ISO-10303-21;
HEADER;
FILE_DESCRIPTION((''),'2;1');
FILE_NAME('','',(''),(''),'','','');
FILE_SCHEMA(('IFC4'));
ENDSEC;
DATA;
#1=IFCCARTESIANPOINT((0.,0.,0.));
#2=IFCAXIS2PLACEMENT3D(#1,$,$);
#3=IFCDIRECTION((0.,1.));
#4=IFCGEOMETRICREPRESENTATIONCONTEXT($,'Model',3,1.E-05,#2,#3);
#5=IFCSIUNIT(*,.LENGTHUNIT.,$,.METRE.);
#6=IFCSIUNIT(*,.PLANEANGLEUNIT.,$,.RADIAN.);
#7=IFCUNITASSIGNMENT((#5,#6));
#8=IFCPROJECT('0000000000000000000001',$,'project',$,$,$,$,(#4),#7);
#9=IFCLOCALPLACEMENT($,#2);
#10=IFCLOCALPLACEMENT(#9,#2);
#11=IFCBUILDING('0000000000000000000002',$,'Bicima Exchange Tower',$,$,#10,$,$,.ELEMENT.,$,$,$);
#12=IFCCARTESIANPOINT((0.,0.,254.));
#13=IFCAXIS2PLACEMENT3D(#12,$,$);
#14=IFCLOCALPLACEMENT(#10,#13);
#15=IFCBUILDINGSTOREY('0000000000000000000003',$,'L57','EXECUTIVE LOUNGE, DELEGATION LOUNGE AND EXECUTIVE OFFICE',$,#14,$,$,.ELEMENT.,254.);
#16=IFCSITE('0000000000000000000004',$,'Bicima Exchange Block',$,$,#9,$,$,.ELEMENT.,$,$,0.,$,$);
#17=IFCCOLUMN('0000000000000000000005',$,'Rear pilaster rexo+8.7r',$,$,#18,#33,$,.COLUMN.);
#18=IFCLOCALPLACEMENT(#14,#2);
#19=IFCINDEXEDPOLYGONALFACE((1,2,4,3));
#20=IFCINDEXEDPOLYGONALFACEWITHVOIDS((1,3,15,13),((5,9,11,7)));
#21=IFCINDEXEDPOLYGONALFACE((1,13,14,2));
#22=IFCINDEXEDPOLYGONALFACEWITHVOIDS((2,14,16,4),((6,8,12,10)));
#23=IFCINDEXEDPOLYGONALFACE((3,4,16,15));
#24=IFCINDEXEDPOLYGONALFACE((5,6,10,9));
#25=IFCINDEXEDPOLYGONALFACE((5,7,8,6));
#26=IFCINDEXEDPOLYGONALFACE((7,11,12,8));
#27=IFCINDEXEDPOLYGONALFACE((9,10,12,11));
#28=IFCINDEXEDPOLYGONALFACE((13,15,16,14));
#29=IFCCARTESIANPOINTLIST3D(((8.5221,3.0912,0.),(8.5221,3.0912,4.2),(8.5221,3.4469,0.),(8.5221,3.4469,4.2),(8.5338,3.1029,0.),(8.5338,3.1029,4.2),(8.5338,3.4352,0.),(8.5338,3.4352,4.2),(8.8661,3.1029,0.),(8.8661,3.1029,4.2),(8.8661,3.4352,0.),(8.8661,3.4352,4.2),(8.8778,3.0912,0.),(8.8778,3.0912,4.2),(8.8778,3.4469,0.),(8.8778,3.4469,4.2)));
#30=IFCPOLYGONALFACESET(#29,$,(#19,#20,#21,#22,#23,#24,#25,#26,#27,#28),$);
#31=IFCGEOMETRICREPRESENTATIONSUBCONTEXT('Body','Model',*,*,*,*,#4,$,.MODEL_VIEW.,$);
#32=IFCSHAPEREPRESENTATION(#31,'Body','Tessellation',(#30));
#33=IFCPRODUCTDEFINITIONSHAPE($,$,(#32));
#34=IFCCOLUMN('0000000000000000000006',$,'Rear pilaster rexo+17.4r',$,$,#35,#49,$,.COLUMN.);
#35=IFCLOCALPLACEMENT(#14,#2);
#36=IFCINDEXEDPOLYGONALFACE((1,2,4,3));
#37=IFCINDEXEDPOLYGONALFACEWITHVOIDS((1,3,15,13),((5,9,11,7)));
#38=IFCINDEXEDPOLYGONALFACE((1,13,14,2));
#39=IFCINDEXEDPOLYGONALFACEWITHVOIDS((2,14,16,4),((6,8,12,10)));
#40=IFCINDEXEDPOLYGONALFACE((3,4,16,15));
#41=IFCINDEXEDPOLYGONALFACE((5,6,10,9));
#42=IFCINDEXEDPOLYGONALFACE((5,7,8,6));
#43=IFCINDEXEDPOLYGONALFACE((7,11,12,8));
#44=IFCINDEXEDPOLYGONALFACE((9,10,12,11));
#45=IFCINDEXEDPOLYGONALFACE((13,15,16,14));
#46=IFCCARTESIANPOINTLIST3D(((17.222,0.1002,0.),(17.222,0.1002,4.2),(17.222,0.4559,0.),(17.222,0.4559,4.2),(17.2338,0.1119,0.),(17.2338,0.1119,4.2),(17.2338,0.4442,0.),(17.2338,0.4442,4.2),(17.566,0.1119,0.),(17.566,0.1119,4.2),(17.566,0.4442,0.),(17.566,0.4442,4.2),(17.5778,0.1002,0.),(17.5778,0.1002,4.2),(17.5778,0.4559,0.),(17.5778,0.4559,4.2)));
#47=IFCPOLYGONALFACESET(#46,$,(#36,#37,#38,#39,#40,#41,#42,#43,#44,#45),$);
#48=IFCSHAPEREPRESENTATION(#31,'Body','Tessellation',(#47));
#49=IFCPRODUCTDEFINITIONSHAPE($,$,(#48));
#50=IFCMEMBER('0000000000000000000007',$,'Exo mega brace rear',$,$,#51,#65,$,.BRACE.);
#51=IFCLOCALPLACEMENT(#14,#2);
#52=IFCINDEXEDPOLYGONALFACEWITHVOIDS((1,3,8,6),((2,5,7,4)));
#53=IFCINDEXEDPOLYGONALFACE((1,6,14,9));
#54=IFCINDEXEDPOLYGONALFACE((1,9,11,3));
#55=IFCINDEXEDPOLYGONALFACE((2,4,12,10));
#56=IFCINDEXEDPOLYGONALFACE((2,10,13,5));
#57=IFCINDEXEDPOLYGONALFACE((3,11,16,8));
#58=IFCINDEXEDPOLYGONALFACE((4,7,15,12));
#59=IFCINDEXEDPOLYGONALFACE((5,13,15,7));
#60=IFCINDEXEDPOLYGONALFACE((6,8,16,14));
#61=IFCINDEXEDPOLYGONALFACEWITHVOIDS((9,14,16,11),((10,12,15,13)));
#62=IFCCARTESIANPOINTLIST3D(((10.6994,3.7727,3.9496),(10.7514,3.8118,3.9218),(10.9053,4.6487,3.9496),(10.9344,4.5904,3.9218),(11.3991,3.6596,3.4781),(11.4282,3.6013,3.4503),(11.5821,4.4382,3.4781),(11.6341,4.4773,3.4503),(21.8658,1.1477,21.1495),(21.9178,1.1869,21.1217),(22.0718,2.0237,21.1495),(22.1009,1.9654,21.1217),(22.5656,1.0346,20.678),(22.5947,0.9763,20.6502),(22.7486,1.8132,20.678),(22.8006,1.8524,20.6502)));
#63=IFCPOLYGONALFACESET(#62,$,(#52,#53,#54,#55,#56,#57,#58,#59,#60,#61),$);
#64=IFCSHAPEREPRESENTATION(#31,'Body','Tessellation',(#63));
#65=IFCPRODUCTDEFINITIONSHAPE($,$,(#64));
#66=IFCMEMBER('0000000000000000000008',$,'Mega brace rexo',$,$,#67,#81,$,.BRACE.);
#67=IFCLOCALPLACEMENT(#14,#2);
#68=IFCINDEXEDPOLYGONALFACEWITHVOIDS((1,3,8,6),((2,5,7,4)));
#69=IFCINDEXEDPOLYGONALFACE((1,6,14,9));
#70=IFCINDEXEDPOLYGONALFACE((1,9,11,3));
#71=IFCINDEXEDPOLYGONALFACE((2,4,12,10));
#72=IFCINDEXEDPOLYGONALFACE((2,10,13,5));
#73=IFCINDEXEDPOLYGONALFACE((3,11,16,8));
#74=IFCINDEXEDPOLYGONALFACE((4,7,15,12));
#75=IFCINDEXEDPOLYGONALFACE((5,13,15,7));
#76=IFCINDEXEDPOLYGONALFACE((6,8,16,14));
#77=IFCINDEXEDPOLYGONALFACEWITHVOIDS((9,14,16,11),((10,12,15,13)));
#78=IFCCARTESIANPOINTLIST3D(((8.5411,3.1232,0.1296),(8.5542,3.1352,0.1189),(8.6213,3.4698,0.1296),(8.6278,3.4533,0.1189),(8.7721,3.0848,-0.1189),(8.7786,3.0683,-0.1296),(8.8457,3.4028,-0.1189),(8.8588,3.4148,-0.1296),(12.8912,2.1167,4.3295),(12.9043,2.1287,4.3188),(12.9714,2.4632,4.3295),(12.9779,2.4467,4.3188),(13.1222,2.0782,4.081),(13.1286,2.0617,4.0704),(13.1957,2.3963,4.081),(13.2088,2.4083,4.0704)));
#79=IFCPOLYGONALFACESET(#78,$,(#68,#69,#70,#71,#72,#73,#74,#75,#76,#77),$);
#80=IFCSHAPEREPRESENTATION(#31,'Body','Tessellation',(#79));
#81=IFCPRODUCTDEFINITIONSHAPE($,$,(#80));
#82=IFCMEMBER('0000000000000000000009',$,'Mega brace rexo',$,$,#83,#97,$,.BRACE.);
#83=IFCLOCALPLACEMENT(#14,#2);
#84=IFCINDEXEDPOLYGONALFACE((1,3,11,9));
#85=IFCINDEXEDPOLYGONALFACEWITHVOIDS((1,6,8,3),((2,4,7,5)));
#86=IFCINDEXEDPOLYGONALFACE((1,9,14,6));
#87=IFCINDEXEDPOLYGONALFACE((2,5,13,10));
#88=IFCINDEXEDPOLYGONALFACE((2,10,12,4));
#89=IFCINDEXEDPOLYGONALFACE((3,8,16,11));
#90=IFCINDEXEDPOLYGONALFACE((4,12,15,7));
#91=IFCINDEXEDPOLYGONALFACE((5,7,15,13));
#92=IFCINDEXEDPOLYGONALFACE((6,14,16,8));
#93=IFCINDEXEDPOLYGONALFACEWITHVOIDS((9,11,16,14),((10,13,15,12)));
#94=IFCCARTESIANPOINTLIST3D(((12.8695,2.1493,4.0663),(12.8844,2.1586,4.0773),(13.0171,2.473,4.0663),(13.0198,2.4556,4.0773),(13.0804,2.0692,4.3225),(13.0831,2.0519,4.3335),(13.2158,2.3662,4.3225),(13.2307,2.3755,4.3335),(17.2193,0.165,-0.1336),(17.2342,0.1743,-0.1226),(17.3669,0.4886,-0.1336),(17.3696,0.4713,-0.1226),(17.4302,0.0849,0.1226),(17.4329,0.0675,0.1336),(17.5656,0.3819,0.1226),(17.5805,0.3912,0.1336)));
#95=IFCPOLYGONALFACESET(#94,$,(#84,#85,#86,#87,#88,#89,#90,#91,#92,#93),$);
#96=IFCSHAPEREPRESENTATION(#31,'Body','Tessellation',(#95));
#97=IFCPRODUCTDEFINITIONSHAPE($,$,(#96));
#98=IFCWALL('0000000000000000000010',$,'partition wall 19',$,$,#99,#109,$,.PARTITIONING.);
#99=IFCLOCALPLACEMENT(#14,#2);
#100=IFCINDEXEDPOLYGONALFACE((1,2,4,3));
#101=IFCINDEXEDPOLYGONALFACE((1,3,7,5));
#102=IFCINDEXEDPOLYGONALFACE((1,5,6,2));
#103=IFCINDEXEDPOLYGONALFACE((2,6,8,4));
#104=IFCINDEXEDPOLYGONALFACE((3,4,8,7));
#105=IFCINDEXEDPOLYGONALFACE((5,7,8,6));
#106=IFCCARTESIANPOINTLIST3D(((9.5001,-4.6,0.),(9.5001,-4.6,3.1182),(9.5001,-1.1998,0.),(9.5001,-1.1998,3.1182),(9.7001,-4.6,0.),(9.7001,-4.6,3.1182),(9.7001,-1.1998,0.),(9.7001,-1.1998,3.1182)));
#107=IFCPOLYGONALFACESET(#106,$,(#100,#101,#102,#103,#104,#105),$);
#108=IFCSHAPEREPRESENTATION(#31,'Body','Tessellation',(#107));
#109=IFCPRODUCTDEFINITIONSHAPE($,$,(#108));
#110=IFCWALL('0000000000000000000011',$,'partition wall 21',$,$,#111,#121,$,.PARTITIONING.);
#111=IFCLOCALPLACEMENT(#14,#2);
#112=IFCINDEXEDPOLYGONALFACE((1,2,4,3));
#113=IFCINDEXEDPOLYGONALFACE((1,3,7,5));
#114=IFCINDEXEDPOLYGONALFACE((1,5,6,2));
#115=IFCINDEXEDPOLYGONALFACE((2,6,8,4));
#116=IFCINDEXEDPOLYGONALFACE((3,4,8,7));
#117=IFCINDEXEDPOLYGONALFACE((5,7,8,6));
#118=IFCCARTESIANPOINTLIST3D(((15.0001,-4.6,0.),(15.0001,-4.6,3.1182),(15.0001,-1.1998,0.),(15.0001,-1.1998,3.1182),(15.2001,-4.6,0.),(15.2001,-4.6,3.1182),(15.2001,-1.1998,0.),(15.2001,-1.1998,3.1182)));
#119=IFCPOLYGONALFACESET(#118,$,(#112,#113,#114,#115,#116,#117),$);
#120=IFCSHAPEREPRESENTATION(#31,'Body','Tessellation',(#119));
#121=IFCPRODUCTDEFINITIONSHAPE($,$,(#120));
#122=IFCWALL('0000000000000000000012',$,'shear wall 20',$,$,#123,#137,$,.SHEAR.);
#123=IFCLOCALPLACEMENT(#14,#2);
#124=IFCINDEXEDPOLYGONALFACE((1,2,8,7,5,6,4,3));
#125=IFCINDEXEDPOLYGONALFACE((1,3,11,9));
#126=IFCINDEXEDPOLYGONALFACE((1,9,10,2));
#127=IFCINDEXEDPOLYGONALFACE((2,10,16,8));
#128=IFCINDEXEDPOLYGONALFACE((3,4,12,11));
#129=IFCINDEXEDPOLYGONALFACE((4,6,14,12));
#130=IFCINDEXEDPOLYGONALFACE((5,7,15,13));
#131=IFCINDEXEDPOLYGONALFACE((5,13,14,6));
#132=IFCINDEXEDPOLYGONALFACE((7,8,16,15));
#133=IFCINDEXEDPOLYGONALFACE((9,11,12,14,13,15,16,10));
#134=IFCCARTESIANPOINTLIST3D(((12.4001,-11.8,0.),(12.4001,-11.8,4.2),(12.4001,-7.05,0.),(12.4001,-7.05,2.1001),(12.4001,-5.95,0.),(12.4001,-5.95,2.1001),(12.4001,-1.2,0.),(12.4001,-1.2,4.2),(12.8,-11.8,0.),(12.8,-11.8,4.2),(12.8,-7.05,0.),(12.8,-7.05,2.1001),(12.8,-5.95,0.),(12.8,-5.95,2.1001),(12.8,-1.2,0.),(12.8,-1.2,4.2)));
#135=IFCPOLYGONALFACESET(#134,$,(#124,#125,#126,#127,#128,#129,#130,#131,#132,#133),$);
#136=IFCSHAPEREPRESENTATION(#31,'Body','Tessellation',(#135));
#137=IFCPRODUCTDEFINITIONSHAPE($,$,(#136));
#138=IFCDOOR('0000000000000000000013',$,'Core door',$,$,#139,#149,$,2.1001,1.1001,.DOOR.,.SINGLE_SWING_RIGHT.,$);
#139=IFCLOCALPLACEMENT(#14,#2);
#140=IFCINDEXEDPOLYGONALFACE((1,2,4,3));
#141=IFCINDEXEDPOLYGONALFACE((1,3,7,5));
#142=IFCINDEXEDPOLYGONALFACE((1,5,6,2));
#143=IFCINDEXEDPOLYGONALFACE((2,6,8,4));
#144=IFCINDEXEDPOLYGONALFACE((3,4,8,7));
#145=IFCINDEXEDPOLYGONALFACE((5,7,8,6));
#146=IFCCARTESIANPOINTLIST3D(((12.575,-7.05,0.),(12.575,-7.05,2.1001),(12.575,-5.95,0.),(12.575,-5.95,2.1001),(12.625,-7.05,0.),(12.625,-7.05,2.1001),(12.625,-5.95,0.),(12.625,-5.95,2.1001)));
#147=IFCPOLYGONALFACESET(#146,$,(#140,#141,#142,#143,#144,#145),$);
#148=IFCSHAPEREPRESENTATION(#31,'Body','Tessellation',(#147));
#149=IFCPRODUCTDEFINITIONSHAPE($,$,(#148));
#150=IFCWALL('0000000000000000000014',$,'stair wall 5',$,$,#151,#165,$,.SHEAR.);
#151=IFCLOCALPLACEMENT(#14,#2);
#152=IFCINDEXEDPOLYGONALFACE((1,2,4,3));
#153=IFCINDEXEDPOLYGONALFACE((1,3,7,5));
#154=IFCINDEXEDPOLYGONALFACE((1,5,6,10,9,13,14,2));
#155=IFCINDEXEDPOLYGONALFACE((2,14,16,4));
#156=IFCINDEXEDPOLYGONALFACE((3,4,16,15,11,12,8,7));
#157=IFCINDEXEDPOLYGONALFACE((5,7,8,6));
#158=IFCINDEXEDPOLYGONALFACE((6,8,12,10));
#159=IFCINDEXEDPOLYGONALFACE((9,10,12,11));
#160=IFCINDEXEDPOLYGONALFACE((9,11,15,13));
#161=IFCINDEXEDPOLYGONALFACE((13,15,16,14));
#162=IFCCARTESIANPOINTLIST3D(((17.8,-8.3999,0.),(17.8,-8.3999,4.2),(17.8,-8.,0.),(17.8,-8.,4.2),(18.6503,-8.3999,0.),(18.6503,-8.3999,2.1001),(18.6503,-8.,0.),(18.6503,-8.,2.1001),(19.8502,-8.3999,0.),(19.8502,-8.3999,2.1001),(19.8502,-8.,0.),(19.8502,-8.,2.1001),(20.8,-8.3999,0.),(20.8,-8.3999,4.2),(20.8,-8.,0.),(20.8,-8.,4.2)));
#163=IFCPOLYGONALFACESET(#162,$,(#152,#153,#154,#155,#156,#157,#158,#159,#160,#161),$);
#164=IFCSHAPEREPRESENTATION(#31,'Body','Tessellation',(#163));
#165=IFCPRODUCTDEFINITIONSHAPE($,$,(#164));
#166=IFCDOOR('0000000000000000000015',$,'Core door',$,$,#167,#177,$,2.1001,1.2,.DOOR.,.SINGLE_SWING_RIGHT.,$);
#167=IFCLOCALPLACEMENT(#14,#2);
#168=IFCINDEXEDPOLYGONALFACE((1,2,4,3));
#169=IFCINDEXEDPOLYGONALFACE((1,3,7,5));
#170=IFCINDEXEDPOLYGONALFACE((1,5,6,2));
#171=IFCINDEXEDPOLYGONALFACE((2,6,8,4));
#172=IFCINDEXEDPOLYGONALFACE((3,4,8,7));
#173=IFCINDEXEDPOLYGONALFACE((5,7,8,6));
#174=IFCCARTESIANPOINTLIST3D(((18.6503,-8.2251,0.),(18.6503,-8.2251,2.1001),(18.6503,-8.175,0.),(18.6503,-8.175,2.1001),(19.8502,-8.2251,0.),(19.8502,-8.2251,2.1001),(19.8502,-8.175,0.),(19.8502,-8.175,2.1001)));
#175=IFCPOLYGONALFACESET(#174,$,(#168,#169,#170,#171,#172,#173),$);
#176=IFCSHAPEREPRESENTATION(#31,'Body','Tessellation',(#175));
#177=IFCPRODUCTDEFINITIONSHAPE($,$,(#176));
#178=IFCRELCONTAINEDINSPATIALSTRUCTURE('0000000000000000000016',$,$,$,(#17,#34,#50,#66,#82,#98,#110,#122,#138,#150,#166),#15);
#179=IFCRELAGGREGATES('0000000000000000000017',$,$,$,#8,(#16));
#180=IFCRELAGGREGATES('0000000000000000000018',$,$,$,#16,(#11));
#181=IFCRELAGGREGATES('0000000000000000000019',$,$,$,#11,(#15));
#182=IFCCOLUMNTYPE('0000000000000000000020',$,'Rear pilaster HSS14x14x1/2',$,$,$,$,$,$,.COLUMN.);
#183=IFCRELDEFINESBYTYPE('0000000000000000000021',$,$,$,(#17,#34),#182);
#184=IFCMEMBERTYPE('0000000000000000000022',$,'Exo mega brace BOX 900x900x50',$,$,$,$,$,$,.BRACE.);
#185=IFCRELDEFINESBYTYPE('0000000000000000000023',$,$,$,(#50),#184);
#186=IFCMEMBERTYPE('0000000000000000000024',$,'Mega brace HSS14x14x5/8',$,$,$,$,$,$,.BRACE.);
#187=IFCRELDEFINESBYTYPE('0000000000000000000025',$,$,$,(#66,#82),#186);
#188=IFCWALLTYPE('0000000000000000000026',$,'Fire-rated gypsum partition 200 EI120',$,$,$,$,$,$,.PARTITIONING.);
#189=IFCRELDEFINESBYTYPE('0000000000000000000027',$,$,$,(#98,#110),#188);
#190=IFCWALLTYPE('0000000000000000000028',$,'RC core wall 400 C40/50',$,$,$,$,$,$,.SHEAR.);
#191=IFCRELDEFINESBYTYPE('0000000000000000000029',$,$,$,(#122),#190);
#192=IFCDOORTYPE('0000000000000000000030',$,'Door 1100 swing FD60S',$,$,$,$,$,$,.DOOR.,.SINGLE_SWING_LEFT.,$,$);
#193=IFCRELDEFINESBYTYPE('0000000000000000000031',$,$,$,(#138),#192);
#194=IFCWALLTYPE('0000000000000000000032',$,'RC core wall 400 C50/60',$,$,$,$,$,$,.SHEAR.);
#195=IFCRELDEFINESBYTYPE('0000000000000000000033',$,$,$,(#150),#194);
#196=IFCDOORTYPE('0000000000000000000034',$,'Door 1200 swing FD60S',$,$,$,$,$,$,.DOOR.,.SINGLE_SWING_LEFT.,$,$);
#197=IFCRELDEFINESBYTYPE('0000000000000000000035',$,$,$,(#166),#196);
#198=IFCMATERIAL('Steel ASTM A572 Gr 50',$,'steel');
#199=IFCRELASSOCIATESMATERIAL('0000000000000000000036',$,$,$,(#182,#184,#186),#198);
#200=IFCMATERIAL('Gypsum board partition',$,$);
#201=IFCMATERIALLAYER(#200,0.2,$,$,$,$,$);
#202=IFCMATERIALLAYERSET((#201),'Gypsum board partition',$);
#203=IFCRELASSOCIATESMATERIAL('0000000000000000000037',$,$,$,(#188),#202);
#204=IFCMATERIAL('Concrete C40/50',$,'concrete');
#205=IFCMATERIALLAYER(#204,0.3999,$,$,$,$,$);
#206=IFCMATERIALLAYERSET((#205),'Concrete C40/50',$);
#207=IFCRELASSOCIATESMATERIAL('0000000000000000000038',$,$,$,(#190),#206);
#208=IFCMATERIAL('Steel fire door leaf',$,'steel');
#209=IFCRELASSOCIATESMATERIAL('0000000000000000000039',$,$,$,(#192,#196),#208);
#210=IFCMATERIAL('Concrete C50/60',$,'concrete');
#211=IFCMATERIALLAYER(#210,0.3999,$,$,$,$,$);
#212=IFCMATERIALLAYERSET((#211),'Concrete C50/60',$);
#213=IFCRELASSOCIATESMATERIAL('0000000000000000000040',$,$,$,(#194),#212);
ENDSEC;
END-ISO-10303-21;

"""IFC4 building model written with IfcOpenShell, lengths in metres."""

from ifc_helpers import new_model, si_unit, direction, frame, frame_2d, origin, origin_2d, place, context, subcontext, project, spatial, rectangle, hollow_rectangle, extrude, material, layer, layer_set, material_profile, profile_set, type_object, element, fill, save


model = new_model("IFC4")

# Units and contexts
model_context = context("Model", 3, precision=1e-05, world=origin(), true_north=direction((0.0, 1.0)))
body_context = subcontext(model_context, "Body", "Model", "MODEL_VIEW")
ifc_project = project(units=[si_unit("LENGTHUNIT", "METRE"), si_unit("PLANEANGLEUNIT", "RADIAN")], contexts=[model_context])

# Site, building, storey
site_placement = place(None, origin())
site = spatial("IfcSite", under=ifc_project, at=site_placement, Name="Bicima Exchange Block", CompositionType="ELEMENT", RefElevation=0.0)
building_placement = place(site_placement, origin())
building = spatial("IfcBuilding", under=site, at=building_placement, Name="Bicima Exchange Tower", CompositionType="ELEMENT")
storey_placement = place(building_placement, frame((0.0, 0.0, 254.0)))
storey = spatial("IfcBuildingStorey", under=building, at=storey_placement, Name="L57", Description="EXECUTIVE LOUNGE, DELEGATION LOUNGE AND EXECUTIVE OFFICE", CompositionType="ELEMENT", Elevation=254.0)

# Columns
ifc_material_1 = material(Name="Steel ASTM A572 Gr 50", Category="steel")
ifc_material_profile_1 = material_profile(ifc_material_1, hollow_rectangle(XDim=0.3557, YDim=0.3557, WallThickness=0.0117, at=origin_2d()))
ifc_profile_set_1 = profile_set([ifc_material_profile_1], Name="Steel ASTM A572 Gr 50")
column_type = type_object("IfcColumnType", Name="Rear pilaster HSS14x14x1/2", PredefinedType="COLUMN", material=ifc_profile_set_1)
for number, where, z_axis, x_axis, name in (
    (1, (8.7, 3.269, 0.0), (0.0, 0.0, 1.0), (1.0, 0.0, 0.0), "Rear pilaster rexo+8.7r"),
    (2, (17.3999, 0.2781, 0.0), (0.0, 0.0, 1.0), (1.0, 0.0, 0.0), "Rear pilaster rexo+17.4r"),
):
    element("IfcColumn", number, at=place(storey_placement, frame(where, z_axis=z_axis, x_axis=x_axis)), inside=storey, type_object=column_type, Name=name, PredefinedType="COLUMN", context=body_context, shape_type="SweptSolid", body=[
        extrude(hollow_rectangle(XDim=0.3557, YDim=0.3557, WallThickness=0.0117, at=origin_2d()), origin(), (0.0, 0.0, 1.0), 4.2),
    ])

# Members
ifc_material_profile_2 = material_profile(ifc_material_1, hollow_rectangle(XDim=0.8999, YDim=0.8999, WallThickness=0.05, at=origin_2d()))
ifc_profile_set_2 = profile_set([ifc_material_profile_2], Name="Steel ASTM A572 Gr 50")
member_type_1 = type_object("IfcMemberType", Name="Exo mega brace BOX 900x900x50", PredefinedType="BRACE", material=ifc_profile_set_2)
member_1_placement = place(storey_placement, frame((11.1667, 4.125, 3.7), z_axis=(0.54012, -0.12697, 0.831955), x_axis=(0.22884, 0.973464, 0.0)))
element("IfcMember", 3, at=member_1_placement, inside=storey, type_object=member_type_1, Name="Exo mega brace rear", PredefinedType="BRACE", context=body_context, shape_type="SweptSolid", body=[
    extrude(hollow_rectangle(XDim=0.8999, YDim=0.8999, WallThickness=0.05, at=origin_2d()), origin(), (0.0, 0.0, 1.0), 20.6741),
])
ifc_material_profile_3 = material_profile(ifc_material_1, hollow_rectangle(XDim=0.3557, YDim=0.3557, WallThickness=0.0146, at=origin_2d()))
ifc_profile_set_3 = profile_set([ifc_material_profile_3], Name="Steel ASTM A572 Gr 50")
member_type_2 = type_object("IfcMemberType", Name="Mega brace HSS14x14x5/8", PredefinedType="BRACE", material=ifc_profile_set_3)
member_2_placement = place(storey_placement, frame((8.7, 3.269, 0.0), z_axis=(0.709648, -0.164209, 0.685154), x_axis=(0.225439, 0.974257, 0.0)))
element("IfcMember", 4, at=member_2_placement, inside=storey, type_object=member_type_2, Name="Mega brace rexo", PredefinedType="BRACE", context=body_context, shape_type="SweptSolid", body=[
    extrude(hollow_rectangle(XDim=0.3557, YDim=0.3557, WallThickness=0.0146, at=origin_2d()), origin(), (0.0, 0.0, 1.0), 6.1299),
])
member_3_placement = place(storey_placement, frame((17.3999, 0.2781, 0.0), z_axis=(-0.683526, 0.31182, 0.65997), x_axis=(-0.415045, -0.909801, 0.0)))
element("IfcMember", 5, at=member_3_placement, inside=storey, type_object=member_type_2, Name="Mega brace rexo", PredefinedType="BRACE", context=body_context, shape_type="SweptSolid", body=[
    extrude(hollow_rectangle(XDim=0.3557, YDim=0.3557, WallThickness=0.0146, at=origin_2d()), origin(), (0.0, 0.0, 1.0), 6.3638),
])

# Walls
ifc_material_2 = material(Name="Gypsum board partition")
ifc_layer_1 = layer(ifc_material_2, 0.2)
ifc_layer_set_1 = layer_set([ifc_layer_1], Name="Gypsum board partition")
wall_type_1 = type_object("IfcWallType", Name="Fire-rated gypsum partition 200 EI120", PredefinedType="PARTITIONING", material=ifc_layer_set_1)
for number, where, z_axis, x_axis, name in (
    (6, (9.6001, -4.6001, 0.0), (0.0, 0.0, 1.0), (0.0, 1.0, 0.0), "partition wall 19"),
    (7, (15.1001, -4.6001, 0.0), (0.0, 0.0, 1.0), (0.0, 1.0, 0.0), "partition wall 21"),
):
    element("IfcWall", number, at=place(storey_placement, frame(where, z_axis=z_axis, x_axis=x_axis)), inside=storey, type_object=wall_type_1, Name=name, PredefinedType="PARTITIONING", context=body_context, shape_type="SweptSolid", body=[
        extrude(rectangle(XDim=3.4001, YDim=0.2, at=frame_2d((1.7002, 0.0))), origin(), (0.0, 0.0, 1.0), 3.1182),
    ])

# Walls, openings, doors
ifc_material_3 = material(Name="Concrete C40/50", Category="concrete")
ifc_layer_2 = layer(ifc_material_3, 0.3999)
ifc_layer_set_2 = layer_set([ifc_layer_2], Name="Concrete C40/50")
wall_type_2 = type_object("IfcWallType", Name="RC core wall 400 C40/50", PredefinedType="SHEAR", material=ifc_layer_set_2)
wall_1_placement = place(storey_placement, frame((12.6001, -11.8, 0.0), z_axis=(0.0, 0.0, 1.0), x_axis=(0.0, 1.0, 0.0)))
wall_1 = element("IfcWall", 8, at=wall_1_placement, inside=storey, type_object=wall_type_2, Name="shear wall 20", PredefinedType="SHEAR", context=body_context, shape_type="SweptSolid", body=[
    extrude(rectangle(XDim=10.6001, YDim=0.3999, at=frame_2d((5.3, 0.0))), origin(), (0.0, 0.0, 1.0), 4.2),
])
opening_1_placement = place(wall_1_placement, frame((4.75, 0.0, 0.0)))
opening_1 = element("IfcOpeningElement", 9, at=opening_1_placement, cuts=wall_1, PredefinedType="OPENING", context=body_context, shape_type="SweptSolid", body=[
    extrude(rectangle(XDim=1.1001, YDim=2.1001, at=frame_2d((0.55, 1.05))), frame((0.0, 0.2119, 0.0), z_axis=(0.0, -1.0, 0.0), x_axis=(1.0, 0.0, 0.0)), (0.0, 0.0, 1.0), 0.4238),
])
ifc_material_4 = material(Name="Steel fire door leaf", Category="steel")
door_type_1 = type_object("IfcDoorType", Name="Door 1100 swing FD60S", OperationType="SINGLE_SWING_LEFT", PredefinedType="DOOR", material=ifc_material_4)
door_1_placement = place(opening_1_placement, frame((1.1001, 0.0, 0.0), z_axis=(0.0, 0.0, 1.0), x_axis=(-1.0, 0.0, 0.0)))
door_1 = element("IfcDoor", 10, at=door_1_placement, inside=storey, type_object=door_type_1, Name="Core door", OperationType="SINGLE_SWING_RIGHT", OverallHeight=2.1001, OverallWidth=1.1001, PredefinedType="DOOR", context=body_context, shape_type="SweptSolid", body=[
    extrude(rectangle(XDim=1.1001, YDim=2.1001, at=frame_2d((0.55, 1.05))), frame((0.0, 0.0249, 0.0), z_axis=(0.0, -1.0, 0.0), x_axis=(1.0, 0.0, 0.0)), (0.0, 0.0, 1.0), 0.05),
])
fill(opening_1, door_1)
ifc_material_5 = material(Name="Concrete C50/60", Category="concrete")
ifc_layer_3 = layer(ifc_material_5, 0.3999)
ifc_layer_set_3 = layer_set([ifc_layer_3], Name="Concrete C50/60")
wall_type_3 = type_object("IfcWallType", Name="RC core wall 400 C50/60", PredefinedType="SHEAR", material=ifc_layer_set_3)
wall_2_placement = place(storey_placement, frame((17.8, -8.2, 0.0), z_axis=(0.0, 0.0, 1.0), x_axis=(1.0, 0.0, 0.0)))
wall_2 = element("IfcWall", 11, at=wall_2_placement, inside=storey, type_object=wall_type_3, Name="stair wall 5", PredefinedType="SHEAR", context=body_context, shape_type="SweptSolid", body=[
    extrude(rectangle(XDim=3.0, YDim=0.3999, at=frame_2d((1.5, 0.0))), origin(), (0.0, 0.0, 1.0), 4.2),
])
opening_2_placement = place(wall_2_placement, frame((0.8501, 0.0, 0.0)))
opening_2 = element("IfcOpeningElement", 12, at=opening_2_placement, cuts=wall_2, PredefinedType="OPENING", context=body_context, shape_type="SweptSolid", body=[
    extrude(rectangle(XDim=1.2, YDim=2.1001, at=frame_2d((0.6001, 1.05))), frame((0.0, 0.2119, 0.0), z_axis=(0.0, -1.0, 0.0), x_axis=(1.0, 0.0, 0.0)), (0.0, 0.0, 1.0), 0.4238),
])
door_type_2 = type_object("IfcDoorType", Name="Door 1200 swing FD60S", OperationType="SINGLE_SWING_LEFT", PredefinedType="DOOR", material=ifc_material_4)
door_2_placement = place(opening_2_placement, origin())
door_2 = element("IfcDoor", 13, at=door_2_placement, inside=storey, type_object=door_type_2, Name="Core door", OperationType="SINGLE_SWING_RIGHT", OverallHeight=2.1001, OverallWidth=1.2, PredefinedType="DOOR", context=body_context, shape_type="SweptSolid", body=[
    extrude(rectangle(XDim=1.2, YDim=2.1001, at=frame_2d((0.6001, 1.05))), frame((0.0, 0.0249, 0.0), z_axis=(0.0, -1.0, 0.0), x_axis=(1.0, 0.0, 0.0)), (0.0, 0.0, 1.0), 0.05),
])
fill(opening_2, door_2)

save(model, "model.ifc")
